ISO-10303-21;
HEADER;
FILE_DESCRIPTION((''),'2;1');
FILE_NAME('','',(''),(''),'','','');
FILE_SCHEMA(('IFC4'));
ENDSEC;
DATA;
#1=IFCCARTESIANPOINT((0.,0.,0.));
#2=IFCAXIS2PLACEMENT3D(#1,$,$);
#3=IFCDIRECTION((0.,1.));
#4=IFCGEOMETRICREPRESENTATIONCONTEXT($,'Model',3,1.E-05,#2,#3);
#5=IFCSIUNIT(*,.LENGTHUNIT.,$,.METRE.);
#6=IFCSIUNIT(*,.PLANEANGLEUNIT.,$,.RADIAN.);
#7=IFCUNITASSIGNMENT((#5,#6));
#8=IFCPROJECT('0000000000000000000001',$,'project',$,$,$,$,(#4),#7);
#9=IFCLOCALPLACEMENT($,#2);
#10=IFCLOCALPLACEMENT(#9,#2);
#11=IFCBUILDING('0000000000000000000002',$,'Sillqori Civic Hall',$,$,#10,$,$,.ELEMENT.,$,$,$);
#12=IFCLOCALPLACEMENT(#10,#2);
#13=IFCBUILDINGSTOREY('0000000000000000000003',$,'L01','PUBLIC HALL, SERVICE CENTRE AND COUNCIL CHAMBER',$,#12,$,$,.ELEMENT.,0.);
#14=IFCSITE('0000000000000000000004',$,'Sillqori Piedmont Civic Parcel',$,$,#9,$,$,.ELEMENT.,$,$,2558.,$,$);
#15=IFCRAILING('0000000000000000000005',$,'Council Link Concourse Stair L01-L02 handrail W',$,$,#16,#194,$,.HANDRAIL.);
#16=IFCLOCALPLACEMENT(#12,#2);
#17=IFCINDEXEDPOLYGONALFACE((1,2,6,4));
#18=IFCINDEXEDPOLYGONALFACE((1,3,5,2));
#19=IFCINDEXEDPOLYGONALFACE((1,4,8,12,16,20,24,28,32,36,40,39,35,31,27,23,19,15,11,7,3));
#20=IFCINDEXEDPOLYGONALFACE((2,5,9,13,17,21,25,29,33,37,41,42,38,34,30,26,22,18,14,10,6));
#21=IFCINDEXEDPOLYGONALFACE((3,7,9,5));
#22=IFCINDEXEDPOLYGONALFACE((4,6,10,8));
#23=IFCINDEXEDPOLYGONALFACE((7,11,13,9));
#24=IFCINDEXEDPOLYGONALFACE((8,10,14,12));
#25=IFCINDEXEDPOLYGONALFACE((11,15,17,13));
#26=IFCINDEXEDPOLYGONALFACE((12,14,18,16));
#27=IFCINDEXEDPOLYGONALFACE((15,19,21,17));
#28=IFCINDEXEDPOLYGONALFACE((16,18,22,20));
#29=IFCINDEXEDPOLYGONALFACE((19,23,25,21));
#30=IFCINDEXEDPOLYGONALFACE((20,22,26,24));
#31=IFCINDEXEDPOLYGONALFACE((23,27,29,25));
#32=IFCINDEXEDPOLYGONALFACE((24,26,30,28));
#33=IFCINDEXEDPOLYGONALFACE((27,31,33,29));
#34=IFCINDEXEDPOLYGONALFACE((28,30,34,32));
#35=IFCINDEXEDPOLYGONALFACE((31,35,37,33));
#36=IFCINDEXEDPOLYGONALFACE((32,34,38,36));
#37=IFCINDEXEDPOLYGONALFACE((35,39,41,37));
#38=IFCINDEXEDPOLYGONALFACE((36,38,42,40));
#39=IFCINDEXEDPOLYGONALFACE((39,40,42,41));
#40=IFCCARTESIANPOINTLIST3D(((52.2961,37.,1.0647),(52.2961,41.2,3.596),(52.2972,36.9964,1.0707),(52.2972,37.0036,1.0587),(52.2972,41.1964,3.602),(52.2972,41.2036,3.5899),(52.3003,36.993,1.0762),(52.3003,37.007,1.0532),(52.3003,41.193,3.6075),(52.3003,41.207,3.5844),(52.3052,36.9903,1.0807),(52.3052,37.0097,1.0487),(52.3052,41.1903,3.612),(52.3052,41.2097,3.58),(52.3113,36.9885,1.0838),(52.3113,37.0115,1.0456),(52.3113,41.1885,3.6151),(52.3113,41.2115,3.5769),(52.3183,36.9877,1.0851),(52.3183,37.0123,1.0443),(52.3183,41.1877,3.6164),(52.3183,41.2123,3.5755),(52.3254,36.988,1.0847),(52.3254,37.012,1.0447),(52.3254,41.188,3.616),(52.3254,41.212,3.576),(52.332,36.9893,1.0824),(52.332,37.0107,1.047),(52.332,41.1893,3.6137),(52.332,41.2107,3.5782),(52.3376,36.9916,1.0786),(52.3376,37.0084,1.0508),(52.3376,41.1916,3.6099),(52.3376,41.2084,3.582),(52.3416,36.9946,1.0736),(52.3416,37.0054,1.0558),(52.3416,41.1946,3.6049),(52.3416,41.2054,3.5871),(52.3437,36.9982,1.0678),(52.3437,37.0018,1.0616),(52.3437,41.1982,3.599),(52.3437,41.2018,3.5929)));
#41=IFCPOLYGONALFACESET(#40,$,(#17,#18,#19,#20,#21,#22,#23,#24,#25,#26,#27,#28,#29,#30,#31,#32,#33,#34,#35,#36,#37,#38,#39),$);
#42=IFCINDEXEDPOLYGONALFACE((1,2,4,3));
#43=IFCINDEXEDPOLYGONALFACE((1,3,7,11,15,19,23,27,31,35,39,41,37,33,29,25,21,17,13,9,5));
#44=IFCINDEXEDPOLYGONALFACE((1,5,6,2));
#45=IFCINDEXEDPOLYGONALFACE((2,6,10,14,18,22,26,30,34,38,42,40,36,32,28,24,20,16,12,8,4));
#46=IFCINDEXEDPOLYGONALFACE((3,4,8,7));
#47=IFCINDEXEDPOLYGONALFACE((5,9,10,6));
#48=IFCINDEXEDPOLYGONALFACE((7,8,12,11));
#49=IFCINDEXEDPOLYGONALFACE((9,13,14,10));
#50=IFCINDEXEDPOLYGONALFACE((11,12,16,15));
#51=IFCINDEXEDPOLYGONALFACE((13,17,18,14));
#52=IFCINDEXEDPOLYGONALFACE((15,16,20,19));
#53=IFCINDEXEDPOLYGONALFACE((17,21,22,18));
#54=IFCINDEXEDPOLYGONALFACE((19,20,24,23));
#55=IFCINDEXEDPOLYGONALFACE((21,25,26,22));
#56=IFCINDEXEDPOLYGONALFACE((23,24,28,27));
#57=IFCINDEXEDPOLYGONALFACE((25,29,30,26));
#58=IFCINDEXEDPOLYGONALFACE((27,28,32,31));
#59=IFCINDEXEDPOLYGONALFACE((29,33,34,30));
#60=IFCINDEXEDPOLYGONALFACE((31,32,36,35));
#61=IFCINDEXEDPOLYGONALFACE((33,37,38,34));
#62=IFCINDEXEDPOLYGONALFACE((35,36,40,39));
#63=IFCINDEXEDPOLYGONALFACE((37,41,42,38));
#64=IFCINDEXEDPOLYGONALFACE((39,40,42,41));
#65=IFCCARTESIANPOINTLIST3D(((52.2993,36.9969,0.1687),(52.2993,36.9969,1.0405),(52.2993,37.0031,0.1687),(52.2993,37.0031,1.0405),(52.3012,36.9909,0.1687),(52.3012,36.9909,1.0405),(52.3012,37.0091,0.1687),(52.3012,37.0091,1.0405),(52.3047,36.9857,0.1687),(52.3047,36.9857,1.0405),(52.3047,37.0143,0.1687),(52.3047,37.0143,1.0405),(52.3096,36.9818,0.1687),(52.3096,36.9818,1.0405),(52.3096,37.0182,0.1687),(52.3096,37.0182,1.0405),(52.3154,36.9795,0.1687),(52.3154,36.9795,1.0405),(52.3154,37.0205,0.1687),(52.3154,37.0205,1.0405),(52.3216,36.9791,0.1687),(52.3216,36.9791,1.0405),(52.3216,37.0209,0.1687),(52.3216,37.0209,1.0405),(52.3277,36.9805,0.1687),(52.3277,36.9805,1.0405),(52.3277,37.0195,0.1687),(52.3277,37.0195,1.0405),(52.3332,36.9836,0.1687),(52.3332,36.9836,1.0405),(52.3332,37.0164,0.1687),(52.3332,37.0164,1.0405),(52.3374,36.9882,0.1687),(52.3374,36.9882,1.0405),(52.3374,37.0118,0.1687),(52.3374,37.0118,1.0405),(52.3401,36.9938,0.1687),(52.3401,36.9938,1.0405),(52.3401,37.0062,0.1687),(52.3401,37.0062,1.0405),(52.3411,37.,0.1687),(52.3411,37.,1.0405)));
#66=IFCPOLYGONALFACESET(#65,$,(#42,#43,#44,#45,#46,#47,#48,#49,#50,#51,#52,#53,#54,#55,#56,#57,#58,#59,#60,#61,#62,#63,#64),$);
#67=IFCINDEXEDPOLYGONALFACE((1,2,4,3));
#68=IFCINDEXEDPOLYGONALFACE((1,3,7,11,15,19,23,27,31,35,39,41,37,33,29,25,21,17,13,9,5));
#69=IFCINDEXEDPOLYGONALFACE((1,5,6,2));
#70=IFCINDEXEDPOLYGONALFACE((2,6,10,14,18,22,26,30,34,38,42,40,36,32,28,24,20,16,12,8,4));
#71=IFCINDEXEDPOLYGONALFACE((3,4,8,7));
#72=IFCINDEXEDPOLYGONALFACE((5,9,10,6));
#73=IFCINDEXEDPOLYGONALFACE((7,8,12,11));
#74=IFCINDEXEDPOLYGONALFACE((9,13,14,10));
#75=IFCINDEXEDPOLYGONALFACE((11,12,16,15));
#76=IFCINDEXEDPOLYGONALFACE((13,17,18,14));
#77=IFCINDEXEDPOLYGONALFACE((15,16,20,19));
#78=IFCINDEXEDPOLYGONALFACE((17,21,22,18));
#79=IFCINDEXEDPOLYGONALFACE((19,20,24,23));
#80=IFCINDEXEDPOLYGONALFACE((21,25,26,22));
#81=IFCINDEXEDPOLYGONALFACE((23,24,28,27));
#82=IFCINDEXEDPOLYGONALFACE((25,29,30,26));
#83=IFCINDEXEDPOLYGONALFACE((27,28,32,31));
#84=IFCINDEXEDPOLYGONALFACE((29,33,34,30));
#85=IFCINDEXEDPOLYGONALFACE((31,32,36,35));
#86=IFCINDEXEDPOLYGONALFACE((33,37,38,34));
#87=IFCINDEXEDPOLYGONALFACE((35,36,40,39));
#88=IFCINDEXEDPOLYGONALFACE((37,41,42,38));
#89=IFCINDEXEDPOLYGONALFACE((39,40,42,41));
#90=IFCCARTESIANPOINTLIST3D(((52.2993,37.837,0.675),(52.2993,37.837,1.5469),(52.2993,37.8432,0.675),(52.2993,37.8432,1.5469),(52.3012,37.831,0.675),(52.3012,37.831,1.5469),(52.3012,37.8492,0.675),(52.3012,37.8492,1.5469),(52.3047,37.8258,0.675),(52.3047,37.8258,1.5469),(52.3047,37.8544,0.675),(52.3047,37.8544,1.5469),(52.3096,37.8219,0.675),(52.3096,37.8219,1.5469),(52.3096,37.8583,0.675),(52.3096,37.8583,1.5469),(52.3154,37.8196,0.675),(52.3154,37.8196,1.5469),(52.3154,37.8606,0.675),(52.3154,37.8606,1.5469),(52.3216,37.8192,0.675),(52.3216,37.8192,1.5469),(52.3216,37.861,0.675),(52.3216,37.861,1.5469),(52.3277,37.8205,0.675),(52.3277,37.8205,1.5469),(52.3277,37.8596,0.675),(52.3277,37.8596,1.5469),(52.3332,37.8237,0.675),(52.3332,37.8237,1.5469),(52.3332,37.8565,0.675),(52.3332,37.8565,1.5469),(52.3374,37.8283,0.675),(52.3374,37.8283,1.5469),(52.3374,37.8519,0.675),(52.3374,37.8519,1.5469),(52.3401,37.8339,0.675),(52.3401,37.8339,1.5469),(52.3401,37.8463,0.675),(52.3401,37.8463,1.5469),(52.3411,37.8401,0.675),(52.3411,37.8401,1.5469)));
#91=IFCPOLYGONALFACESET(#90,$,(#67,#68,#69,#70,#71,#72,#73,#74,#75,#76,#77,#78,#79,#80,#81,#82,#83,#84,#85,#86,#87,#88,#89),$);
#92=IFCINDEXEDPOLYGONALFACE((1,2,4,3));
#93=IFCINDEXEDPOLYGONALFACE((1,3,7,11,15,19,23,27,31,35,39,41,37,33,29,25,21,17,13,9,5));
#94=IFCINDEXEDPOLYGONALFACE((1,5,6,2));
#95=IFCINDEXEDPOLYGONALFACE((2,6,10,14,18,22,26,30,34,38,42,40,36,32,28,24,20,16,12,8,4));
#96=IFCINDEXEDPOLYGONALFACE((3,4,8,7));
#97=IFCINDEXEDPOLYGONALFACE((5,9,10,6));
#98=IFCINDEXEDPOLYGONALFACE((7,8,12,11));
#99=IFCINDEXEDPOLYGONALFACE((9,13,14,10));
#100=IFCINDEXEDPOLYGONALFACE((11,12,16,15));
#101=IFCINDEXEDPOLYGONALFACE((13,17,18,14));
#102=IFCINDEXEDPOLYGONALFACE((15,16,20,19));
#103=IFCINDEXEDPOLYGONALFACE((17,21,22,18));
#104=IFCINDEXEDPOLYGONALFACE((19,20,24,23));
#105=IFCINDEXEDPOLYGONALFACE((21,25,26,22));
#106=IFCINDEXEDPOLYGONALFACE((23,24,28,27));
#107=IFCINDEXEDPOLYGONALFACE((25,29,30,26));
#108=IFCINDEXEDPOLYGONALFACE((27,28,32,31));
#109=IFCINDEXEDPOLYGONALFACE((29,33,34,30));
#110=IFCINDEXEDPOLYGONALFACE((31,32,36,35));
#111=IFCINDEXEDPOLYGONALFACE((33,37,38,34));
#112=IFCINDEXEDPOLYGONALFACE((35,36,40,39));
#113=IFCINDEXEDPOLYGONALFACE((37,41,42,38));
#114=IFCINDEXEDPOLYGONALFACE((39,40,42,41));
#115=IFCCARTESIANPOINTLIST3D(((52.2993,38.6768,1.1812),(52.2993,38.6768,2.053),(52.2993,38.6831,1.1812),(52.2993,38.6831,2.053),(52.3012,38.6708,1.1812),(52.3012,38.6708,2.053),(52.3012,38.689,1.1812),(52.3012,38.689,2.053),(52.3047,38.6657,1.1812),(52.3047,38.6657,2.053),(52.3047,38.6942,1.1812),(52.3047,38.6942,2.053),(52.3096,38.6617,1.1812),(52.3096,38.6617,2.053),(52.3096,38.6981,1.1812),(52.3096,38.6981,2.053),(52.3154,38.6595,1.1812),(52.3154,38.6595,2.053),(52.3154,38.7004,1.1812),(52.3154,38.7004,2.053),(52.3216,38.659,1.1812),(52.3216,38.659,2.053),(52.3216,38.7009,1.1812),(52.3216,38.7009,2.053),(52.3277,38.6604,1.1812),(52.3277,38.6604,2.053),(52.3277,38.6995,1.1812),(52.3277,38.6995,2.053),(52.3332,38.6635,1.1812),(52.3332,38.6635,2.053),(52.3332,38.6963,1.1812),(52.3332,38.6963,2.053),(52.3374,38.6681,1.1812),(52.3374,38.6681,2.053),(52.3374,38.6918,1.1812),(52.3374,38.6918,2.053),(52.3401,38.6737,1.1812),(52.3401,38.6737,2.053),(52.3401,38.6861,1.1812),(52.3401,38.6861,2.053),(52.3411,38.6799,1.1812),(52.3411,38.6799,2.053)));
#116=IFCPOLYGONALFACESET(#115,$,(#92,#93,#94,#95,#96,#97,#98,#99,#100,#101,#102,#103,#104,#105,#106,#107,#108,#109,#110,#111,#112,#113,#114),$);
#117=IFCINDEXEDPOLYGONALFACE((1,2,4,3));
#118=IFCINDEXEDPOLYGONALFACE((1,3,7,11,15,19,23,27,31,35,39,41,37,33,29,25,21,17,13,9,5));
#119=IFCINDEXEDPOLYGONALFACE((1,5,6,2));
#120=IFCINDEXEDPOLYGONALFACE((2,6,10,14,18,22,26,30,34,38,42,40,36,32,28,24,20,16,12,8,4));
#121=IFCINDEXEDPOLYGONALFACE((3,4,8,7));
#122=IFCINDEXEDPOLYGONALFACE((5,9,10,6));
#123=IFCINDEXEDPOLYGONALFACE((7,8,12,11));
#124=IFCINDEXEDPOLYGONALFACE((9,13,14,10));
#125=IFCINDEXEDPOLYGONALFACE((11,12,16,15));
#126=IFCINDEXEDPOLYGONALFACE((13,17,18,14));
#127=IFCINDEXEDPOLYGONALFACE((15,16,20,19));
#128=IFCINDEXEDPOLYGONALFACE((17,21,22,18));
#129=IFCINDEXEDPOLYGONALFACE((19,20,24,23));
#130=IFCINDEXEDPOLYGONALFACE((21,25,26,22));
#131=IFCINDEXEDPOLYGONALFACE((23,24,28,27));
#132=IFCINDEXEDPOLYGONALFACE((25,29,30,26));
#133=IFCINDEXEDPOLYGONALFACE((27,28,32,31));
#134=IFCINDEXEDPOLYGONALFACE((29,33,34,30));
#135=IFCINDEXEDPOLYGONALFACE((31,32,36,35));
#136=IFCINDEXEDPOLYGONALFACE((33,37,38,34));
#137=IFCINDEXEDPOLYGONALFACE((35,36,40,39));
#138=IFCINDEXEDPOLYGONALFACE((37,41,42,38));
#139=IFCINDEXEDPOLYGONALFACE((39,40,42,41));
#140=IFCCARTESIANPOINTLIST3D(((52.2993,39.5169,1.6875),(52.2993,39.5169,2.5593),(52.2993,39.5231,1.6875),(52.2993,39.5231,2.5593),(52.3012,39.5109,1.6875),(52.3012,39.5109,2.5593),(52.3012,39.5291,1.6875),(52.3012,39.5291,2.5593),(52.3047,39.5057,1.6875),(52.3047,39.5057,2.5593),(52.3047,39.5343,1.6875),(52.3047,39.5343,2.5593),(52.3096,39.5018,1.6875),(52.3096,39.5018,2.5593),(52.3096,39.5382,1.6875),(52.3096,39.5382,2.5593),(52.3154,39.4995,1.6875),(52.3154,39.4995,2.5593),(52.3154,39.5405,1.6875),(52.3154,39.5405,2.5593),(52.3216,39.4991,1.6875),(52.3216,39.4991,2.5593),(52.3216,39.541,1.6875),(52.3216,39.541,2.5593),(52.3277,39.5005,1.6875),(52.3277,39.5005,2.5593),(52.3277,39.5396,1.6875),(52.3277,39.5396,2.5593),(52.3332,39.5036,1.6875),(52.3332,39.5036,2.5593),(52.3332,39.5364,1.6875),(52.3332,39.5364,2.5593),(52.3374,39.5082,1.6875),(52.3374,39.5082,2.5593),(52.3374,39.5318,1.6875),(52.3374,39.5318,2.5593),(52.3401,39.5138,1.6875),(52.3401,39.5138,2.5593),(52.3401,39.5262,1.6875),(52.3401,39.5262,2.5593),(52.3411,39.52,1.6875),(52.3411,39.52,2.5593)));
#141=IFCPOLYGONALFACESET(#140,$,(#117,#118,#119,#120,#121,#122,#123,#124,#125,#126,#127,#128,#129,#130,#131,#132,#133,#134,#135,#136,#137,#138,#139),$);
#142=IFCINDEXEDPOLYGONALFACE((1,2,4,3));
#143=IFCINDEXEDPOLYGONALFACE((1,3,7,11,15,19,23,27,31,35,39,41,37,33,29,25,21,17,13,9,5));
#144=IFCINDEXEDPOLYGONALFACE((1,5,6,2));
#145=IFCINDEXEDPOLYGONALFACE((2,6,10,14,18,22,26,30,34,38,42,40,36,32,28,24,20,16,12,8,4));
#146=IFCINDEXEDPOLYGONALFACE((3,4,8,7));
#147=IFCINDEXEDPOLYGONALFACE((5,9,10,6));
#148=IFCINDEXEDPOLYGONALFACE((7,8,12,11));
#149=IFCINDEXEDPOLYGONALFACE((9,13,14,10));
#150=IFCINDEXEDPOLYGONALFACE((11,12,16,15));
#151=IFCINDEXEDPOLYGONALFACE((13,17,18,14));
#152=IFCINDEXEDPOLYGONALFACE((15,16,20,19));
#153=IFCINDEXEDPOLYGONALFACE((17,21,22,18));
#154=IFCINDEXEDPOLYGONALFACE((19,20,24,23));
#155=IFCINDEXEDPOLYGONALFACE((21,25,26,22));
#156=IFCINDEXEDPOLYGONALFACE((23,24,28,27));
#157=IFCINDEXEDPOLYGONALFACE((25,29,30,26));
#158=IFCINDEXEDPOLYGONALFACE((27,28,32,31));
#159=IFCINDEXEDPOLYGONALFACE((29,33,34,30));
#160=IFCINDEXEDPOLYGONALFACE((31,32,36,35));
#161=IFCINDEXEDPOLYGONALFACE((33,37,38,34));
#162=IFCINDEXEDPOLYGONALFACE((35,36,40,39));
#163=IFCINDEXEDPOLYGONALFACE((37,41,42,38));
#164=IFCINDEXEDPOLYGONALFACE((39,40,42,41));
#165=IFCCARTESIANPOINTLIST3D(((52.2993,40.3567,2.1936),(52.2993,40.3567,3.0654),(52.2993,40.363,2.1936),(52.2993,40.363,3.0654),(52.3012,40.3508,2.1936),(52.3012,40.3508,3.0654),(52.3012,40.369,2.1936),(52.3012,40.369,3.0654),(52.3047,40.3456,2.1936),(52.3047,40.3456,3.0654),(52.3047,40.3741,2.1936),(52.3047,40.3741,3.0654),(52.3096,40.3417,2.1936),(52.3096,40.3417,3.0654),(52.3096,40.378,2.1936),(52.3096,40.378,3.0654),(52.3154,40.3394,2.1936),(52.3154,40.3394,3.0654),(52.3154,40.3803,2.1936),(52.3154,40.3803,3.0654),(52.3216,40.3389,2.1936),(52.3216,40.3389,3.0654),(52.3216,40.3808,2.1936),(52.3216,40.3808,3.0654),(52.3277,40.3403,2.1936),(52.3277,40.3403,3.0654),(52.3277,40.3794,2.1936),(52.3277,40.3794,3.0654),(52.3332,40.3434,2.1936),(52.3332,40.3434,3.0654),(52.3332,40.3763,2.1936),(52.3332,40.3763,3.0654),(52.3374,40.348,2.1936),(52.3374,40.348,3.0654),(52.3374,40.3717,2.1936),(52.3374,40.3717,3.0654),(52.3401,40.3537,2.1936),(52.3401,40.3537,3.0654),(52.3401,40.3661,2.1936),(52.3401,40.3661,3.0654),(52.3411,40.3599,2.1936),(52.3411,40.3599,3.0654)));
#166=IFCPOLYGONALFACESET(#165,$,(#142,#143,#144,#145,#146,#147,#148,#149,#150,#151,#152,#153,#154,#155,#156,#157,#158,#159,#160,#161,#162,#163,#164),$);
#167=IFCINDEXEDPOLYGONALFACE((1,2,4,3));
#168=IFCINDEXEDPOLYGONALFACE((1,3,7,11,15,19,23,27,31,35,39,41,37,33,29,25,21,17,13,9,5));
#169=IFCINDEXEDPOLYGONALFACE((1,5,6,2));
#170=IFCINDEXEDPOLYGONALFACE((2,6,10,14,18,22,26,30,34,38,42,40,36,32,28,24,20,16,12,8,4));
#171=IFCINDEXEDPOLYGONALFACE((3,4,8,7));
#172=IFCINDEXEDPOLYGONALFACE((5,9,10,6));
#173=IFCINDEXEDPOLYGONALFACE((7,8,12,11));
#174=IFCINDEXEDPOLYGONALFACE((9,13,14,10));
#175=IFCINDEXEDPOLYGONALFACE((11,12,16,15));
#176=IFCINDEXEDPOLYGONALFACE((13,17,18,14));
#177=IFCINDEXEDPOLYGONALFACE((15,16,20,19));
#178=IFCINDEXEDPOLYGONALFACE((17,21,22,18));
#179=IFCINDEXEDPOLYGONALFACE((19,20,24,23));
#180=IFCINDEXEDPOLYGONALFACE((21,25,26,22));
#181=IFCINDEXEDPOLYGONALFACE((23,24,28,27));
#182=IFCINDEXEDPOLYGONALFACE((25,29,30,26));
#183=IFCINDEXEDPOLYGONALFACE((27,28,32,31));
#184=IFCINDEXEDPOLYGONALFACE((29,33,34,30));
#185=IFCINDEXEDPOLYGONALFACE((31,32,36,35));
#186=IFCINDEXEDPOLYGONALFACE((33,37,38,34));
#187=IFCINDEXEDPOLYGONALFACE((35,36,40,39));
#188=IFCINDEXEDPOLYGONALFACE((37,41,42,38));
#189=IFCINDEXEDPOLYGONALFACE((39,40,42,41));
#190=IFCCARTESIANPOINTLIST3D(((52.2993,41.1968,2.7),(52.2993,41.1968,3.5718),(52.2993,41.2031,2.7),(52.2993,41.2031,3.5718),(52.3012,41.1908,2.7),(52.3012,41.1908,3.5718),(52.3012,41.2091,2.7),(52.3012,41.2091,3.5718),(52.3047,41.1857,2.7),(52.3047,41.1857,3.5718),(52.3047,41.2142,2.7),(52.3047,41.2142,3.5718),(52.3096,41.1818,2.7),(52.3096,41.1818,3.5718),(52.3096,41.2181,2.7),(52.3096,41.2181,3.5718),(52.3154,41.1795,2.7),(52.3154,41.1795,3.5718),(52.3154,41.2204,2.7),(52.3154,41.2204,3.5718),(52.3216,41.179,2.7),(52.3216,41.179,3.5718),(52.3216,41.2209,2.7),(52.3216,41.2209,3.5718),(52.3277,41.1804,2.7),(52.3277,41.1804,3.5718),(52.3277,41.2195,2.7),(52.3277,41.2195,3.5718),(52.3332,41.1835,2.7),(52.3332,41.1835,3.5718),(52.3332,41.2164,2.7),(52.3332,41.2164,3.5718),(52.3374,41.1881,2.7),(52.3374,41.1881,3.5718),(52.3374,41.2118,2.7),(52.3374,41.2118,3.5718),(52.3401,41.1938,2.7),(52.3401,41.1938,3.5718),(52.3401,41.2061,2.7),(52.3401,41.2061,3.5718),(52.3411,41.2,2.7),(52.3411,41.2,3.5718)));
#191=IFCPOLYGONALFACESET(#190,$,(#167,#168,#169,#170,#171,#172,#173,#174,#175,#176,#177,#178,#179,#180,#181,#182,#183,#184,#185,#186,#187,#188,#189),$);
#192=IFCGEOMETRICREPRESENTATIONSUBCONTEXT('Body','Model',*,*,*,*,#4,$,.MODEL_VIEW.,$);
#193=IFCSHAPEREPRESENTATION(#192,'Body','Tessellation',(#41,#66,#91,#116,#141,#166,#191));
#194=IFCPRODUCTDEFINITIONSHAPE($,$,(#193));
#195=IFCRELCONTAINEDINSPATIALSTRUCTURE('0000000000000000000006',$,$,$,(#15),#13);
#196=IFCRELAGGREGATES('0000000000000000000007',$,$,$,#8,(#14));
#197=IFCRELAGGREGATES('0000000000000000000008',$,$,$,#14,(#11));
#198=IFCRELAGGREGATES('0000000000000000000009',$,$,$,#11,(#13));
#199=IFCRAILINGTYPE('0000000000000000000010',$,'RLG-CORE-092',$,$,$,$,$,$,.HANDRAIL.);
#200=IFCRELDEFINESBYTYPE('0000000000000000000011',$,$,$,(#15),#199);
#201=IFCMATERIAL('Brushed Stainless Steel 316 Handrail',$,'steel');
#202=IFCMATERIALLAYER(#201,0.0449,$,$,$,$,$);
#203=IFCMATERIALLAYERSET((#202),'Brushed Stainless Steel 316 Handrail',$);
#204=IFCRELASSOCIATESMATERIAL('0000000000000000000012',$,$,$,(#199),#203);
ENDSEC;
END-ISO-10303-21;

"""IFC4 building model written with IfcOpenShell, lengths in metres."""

from ifc_helpers import new_model, si_unit, direction, frame, origin, origin_2d, place, context, subcontext, project, spatial, circle, extrude, material, layer, layer_set, type_object, element, save


model = new_model("IFC4")

# Units and contexts
model_context = context("Model", 3, precision=1e-05, world=origin(), true_north=direction((0.0, 1.0)))
body_context = subcontext(model_context, "Body", "Model", "MODEL_VIEW")
ifc_project = project(units=[si_unit("LENGTHUNIT", "METRE"), si_unit("PLANEANGLEUNIT", "RADIAN")], contexts=[model_context])

# Site, building, storey
site_placement = place(None, origin())
site = spatial("IfcSite", under=ifc_project, at=site_placement, Name="Sillqori Piedmont Civic Parcel", CompositionType="ELEMENT", RefElevation=2558.0)
building_placement = place(site_placement, origin())
building = spatial("IfcBuilding", under=site, at=building_placement, Name="Sillqori Civic Hall", CompositionType="ELEMENT")
storey_placement = place(building_placement, origin())
storey = spatial("IfcBuildingStorey", under=building, at=storey_placement, Name="L01", Description="PUBLIC HALL, SERVICE CENTRE AND COUNCIL CHAMBER", CompositionType="ELEMENT", Elevation=0.0)

# Railing
ifc_material_1 = material(Name="Brushed Stainless Steel 316 Handrail", Category="steel")
ifc_layer_1 = layer(ifc_material_1, 0.0449)
ifc_layer_set_1 = layer_set([ifc_layer_1], Name="Brushed Stainless Steel 316 Handrail")
railing_type_1 = type_object("IfcRailingType", Name="RLG-CORE-092", PredefinedType="HANDRAIL", material=ifc_layer_set_1)
railing_1_placement = place(storey_placement, frame((52.3201, 37.0, 0.1687)))
element("IfcRailing", 1, at=railing_1_placement, inside=storey, type_object=railing_type_1, Name="Council Link Concourse Stair L01-L02 handrail W", PredefinedType="HANDRAIL", context=body_context, shape_type="SweptSolid", body=[
    extrude(circle(Radius=0.0239, at=origin_2d()), frame((0.0, 0.0, 0.896), z_axis=(0.0, 0.856476, 0.516186), x_axis=(-1.0, 0.0, 0.0)), (0.0, 0.0, 1.0), 4.9038),
    extrude(circle(Radius=0.021, at=origin_2d()), origin(), (0.0, 0.0, 1.0), 0.8718),
    extrude(circle(Radius=0.021, at=origin_2d()), frame((0.0, 0.8401, 0.5063)), (0.0, 0.0, 1.0), 0.8718),
    extrude(circle(Radius=0.021, at=origin_2d()), frame((0.0, 1.6799, 1.0125)), (0.0, 0.0, 1.0), 0.8718),
    extrude(circle(Radius=0.021, at=origin_2d()), frame((0.0, 2.52, 1.5188)), (0.0, 0.0, 1.0), 0.8718),
    extrude(circle(Radius=0.021, at=origin_2d()), frame((0.0, 3.3599, 2.0249)), (0.0, 0.0, 1.0), 0.8718),
    extrude(circle(Radius=0.021, at=origin_2d()), frame((0.0, 4.2, 2.5312)), (0.0, 0.0, 1.0), 0.8718),
])

save(model, "model.ifc")
